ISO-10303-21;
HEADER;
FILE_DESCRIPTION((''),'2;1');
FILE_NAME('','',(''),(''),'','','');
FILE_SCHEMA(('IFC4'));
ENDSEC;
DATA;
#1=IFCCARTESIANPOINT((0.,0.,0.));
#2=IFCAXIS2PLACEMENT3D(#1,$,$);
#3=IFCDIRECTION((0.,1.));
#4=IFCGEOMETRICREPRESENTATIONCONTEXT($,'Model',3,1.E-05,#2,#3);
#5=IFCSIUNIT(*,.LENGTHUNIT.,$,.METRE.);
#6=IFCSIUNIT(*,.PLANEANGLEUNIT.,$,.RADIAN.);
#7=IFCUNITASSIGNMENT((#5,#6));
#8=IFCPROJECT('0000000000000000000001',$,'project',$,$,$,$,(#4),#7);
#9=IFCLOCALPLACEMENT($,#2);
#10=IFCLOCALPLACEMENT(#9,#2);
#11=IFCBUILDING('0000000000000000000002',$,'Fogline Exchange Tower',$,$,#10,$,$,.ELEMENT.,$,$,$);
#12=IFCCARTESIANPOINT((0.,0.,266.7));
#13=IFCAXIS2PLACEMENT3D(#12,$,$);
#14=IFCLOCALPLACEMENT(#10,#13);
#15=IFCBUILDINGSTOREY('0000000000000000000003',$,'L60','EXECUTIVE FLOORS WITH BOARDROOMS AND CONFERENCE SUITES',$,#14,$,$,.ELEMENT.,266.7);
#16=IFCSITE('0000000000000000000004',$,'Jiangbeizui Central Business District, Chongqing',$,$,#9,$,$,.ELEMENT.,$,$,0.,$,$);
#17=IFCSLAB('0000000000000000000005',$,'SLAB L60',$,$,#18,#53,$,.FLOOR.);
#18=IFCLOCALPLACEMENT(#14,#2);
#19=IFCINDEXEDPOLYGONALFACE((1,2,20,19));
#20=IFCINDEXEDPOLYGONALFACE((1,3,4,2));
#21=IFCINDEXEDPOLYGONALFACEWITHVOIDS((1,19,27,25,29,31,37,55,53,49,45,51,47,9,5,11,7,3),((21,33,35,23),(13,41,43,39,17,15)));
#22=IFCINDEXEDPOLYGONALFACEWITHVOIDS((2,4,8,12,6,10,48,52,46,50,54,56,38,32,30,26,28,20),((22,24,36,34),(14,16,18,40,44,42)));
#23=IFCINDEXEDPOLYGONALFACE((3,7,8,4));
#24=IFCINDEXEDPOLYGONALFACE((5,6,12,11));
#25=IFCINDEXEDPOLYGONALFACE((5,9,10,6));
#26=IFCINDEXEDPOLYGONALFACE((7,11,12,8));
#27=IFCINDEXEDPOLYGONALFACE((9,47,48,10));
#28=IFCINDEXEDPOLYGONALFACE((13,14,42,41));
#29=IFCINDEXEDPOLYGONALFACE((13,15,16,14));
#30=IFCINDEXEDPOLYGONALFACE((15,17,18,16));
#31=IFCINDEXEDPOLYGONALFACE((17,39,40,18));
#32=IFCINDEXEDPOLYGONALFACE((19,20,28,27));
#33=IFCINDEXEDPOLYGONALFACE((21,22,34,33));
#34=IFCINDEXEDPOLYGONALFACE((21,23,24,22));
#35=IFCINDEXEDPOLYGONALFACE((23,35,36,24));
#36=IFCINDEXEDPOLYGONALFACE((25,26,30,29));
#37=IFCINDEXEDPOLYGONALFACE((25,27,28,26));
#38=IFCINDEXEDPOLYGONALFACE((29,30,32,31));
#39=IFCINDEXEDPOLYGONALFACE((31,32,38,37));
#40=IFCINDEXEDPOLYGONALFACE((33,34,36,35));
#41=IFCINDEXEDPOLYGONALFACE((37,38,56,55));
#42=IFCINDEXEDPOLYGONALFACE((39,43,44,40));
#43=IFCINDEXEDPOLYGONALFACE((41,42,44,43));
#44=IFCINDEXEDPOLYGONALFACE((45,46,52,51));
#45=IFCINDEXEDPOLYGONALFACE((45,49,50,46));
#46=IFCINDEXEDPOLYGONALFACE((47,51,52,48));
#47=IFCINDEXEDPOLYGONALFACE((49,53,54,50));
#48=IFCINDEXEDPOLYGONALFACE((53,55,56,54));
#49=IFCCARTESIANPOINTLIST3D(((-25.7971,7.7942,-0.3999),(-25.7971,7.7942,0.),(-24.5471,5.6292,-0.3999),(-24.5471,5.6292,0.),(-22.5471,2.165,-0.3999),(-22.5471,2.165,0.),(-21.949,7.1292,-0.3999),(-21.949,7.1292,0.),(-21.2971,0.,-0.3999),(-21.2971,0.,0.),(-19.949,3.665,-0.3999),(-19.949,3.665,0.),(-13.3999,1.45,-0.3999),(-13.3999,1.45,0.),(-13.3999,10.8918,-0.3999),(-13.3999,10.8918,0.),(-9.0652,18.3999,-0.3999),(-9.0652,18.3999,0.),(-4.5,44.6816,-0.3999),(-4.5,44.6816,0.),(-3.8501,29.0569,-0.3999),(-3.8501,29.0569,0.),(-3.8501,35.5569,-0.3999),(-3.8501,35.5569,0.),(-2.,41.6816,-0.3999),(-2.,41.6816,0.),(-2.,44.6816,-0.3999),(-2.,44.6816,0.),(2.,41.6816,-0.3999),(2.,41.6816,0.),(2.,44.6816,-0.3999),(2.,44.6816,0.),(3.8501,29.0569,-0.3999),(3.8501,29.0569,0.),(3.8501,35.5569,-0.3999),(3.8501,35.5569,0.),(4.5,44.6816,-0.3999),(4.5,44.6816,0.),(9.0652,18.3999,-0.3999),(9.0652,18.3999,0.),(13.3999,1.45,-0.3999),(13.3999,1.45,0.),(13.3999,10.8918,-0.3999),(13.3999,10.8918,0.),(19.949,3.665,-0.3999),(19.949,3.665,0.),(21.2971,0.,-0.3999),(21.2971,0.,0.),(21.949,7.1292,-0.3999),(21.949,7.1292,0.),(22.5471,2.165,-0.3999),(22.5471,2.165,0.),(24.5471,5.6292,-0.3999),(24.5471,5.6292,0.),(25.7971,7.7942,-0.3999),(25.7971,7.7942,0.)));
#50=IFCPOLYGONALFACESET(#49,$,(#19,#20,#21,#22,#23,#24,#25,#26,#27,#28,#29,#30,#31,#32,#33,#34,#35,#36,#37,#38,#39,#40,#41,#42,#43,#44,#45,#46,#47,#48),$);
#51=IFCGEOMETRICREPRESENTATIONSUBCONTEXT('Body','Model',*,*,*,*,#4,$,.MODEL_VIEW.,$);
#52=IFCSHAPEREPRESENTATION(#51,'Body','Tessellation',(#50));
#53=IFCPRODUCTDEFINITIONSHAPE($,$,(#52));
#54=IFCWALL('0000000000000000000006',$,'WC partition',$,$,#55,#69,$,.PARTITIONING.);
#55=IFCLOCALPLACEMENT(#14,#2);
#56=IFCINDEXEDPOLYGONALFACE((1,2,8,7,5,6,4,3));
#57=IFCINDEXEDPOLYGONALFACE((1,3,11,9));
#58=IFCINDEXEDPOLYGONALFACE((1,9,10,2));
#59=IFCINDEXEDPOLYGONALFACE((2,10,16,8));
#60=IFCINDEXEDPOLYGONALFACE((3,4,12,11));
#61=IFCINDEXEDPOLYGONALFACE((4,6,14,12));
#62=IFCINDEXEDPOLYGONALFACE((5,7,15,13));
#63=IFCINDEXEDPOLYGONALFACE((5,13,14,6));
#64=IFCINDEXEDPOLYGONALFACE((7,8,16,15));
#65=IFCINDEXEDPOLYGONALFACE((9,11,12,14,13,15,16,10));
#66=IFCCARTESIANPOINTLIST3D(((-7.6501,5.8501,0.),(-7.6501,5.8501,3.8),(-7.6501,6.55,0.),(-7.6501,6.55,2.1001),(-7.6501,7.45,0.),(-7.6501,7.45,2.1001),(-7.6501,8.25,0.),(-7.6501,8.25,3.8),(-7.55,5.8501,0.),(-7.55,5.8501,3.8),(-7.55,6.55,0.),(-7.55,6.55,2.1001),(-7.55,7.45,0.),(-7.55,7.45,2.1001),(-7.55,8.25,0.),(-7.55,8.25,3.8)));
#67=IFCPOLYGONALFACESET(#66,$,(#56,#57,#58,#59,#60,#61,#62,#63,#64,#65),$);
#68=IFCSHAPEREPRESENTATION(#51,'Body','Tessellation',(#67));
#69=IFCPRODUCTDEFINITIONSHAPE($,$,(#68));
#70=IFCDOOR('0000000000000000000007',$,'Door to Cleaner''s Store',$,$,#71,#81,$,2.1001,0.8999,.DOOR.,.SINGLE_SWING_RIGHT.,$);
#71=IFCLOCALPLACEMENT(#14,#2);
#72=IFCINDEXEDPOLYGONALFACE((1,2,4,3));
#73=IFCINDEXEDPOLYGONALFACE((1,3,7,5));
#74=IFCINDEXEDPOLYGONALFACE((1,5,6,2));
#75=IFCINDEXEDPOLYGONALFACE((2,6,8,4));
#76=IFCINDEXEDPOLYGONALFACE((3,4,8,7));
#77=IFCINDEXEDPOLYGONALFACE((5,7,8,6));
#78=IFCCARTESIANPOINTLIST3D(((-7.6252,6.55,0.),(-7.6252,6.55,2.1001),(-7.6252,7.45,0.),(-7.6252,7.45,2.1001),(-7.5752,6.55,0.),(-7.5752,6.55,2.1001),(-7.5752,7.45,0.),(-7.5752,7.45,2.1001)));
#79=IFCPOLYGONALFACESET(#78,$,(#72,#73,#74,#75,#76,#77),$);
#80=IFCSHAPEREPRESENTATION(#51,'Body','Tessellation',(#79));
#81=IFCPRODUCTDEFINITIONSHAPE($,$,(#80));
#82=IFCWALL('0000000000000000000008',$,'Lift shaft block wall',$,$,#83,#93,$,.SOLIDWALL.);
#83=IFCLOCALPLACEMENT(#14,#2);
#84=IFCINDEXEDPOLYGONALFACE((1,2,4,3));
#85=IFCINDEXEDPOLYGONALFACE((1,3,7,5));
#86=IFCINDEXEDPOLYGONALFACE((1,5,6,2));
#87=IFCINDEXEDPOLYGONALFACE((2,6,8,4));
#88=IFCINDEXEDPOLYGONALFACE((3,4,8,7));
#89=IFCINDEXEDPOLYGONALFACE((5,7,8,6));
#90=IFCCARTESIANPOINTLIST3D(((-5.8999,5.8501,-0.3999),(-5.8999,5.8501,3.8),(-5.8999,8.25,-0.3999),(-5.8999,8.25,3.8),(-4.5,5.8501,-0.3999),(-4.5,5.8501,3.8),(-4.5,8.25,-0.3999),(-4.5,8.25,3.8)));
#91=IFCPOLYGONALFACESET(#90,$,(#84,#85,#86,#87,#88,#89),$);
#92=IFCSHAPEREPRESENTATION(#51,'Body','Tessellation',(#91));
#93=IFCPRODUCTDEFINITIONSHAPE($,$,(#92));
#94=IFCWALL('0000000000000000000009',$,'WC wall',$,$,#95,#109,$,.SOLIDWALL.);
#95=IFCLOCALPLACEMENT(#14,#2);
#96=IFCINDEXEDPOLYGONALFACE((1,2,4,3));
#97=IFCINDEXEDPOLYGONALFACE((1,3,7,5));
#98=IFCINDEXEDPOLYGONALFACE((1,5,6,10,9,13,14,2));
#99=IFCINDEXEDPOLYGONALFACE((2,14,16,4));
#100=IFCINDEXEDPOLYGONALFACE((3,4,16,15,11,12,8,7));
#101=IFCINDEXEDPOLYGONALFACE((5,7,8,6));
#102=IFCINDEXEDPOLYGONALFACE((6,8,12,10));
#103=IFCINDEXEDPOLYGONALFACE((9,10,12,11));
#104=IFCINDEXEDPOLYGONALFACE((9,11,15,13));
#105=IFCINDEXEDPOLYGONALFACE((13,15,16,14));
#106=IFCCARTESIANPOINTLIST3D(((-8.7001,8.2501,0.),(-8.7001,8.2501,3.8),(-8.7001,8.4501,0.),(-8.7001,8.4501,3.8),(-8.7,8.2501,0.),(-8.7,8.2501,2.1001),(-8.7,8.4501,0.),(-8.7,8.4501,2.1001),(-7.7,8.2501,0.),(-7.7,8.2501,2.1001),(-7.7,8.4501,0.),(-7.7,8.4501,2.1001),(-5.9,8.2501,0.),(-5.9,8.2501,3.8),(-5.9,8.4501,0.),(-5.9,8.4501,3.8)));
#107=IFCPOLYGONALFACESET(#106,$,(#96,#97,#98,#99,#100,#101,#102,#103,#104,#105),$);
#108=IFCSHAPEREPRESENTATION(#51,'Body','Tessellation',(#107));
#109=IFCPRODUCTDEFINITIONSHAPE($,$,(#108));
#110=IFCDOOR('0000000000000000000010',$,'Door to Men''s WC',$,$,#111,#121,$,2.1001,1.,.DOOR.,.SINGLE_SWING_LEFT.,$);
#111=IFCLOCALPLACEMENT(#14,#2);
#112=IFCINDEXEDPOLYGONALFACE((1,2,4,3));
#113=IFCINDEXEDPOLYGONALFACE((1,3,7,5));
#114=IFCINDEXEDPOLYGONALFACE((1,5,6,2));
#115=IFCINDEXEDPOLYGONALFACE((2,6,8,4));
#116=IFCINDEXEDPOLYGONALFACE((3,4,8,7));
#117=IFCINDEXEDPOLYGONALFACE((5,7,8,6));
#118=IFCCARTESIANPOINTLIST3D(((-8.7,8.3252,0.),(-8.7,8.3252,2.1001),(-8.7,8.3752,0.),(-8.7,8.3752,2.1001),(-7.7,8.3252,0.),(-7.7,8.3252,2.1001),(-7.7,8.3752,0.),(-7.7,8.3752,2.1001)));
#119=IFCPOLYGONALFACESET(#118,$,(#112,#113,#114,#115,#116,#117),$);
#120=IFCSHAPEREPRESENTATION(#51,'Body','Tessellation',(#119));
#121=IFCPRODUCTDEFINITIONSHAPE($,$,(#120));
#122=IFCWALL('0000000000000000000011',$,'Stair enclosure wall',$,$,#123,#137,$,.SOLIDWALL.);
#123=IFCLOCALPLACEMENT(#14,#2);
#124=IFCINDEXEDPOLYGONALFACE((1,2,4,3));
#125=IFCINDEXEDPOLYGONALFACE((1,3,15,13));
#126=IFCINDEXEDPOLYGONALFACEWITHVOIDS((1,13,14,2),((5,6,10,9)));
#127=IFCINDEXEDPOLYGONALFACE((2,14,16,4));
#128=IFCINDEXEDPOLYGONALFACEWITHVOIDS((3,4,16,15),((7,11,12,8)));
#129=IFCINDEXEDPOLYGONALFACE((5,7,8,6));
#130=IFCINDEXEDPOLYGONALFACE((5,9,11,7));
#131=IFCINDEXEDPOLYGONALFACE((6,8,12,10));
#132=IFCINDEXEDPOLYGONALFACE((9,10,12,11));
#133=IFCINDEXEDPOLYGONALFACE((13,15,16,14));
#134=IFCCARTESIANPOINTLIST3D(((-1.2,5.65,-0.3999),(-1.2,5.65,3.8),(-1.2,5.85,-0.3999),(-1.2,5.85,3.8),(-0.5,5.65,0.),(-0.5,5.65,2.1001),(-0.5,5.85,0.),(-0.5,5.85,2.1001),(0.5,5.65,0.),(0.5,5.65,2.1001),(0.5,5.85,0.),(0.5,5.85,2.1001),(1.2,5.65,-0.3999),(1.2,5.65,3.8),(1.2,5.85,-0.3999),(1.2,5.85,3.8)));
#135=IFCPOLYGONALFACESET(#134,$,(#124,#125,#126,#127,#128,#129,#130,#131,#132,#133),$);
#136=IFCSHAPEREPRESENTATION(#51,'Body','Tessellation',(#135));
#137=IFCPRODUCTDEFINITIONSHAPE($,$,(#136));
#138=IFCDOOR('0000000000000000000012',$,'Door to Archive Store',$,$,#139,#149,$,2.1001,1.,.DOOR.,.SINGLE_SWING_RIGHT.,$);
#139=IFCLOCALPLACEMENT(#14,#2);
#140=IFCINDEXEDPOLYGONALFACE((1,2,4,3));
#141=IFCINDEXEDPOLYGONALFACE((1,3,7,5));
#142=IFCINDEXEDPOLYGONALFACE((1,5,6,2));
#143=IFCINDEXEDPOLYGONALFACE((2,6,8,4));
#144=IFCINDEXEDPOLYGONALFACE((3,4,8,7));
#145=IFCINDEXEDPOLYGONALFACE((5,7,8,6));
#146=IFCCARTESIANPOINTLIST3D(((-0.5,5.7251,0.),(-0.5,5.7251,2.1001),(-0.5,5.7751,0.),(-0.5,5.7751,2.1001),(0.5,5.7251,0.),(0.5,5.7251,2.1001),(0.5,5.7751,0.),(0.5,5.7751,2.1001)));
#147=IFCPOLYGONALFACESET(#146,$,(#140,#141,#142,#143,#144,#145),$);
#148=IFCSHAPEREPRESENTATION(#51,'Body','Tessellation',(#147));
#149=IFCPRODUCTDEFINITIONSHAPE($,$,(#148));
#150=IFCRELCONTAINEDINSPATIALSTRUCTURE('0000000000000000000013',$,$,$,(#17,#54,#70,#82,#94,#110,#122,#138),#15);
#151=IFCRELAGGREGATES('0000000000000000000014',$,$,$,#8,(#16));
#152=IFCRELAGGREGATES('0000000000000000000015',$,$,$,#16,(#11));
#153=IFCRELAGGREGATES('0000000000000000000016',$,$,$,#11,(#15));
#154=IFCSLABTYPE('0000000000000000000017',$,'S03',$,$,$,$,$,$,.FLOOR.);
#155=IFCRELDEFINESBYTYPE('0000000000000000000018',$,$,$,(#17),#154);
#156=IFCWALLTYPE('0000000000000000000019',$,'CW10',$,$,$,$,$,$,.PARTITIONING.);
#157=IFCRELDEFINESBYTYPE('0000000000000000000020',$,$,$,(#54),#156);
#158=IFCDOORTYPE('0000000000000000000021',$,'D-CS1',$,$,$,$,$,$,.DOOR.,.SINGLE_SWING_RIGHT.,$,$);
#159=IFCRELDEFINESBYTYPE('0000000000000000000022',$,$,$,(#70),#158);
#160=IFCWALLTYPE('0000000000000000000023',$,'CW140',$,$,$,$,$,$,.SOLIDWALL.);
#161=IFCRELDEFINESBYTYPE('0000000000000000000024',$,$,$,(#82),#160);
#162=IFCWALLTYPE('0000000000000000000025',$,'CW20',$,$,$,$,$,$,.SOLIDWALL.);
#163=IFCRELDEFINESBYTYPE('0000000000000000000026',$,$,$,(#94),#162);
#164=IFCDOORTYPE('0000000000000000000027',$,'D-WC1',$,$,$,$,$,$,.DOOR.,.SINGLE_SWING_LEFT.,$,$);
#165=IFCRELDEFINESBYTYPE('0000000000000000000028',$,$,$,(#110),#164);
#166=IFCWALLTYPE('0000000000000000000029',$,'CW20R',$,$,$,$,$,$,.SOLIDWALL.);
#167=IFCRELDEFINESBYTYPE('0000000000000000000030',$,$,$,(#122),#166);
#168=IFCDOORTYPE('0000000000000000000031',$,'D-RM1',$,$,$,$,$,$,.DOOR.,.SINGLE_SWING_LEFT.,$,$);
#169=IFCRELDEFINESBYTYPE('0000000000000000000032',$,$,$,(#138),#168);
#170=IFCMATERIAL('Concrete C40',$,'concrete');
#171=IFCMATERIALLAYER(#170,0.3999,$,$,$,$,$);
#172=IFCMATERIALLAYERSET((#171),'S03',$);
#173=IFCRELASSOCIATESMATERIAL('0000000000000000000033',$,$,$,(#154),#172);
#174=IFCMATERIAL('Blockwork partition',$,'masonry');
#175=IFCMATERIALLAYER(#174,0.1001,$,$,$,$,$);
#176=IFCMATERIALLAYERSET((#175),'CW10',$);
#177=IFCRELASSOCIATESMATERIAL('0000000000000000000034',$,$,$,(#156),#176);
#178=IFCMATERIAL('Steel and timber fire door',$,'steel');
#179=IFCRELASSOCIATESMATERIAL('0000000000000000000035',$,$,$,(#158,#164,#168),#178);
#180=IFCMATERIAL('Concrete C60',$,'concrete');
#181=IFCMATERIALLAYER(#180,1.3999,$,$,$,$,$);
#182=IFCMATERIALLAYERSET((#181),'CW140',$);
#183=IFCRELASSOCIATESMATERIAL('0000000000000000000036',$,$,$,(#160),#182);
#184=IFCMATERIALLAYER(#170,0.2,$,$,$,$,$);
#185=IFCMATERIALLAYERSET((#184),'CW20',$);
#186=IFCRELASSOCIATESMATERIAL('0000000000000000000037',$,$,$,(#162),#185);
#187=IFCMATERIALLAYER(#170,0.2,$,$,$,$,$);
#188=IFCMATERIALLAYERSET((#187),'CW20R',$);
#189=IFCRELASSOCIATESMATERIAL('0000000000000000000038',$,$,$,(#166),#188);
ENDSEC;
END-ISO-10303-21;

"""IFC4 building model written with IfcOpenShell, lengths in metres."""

from ifc_helpers import new_model, si_unit, direction, frame, frame_2d, origin, place, context, subcontext, project, spatial, polyline, rectangle, outline, extrude, material, layer, layer_set, type_object, element, fill, save


model = new_model("IFC4")

# Units and contexts
model_context = context("Model", 3, precision=1e-05, world=origin(), true_north=direction((0.0, 1.0)))
body_context = subcontext(model_context, "Body", "Model", "MODEL_VIEW")
ifc_project = project(units=[si_unit("LENGTHUNIT", "METRE"), si_unit("PLANEANGLEUNIT", "RADIAN")], contexts=[model_context])

# Site, building, storey
site_placement = place(None, origin())
site = spatial("IfcSite", under=ifc_project, at=site_placement, Name="Jiangbeizui Central Business District, Chongqing", CompositionType="ELEMENT", RefElevation=0.0)
building_placement = place(site_placement, origin())
building = spatial("IfcBuilding", under=site, at=building_placement, Name="Fogline Exchange Tower", CompositionType="ELEMENT")
storey_placement = place(building_placement, frame((0.0, 0.0, 266.7)))
storey = spatial("IfcBuildingStorey", under=building, at=storey_placement, Name="L60", Description="EXECUTIVE FLOORS WITH BOARDROOMS AND CONFERENCE SUITES", CompositionType="ELEMENT", Elevation=266.7)

# Slab
ifc_material_1 = material(Name="Concrete C40", Category="concrete")
ifc_layer_1 = layer(ifc_material_1, 0.3999)
ifc_layer_set_1 = layer_set([ifc_layer_1], Name="S03")
slab_type = type_object("IfcSlabType", Name="S03", PredefinedType="FLOOR", material=ifc_layer_set_1)
slab_placement = place(storey_placement, frame((0.0, 0.0, -0.3999)))
element("IfcSlab", 1, at=slab_placement, inside=storey, type_object=slab_type, Name="SLAB L60", PredefinedType="FLOOR", context=body_context, shape_type="SweptSolid", body=[
    extrude(outline(polyline([(-2.0, 44.6816), (-4.5, 44.6816), (-25.7971, 7.7942), (-24.5471, 5.6292), (-21.949, 7.1292), (-19.949, 3.665), (-22.5471, 2.165), (-21.2971, 0.0), (21.2971, 0.0), (22.5471, 2.165), (19.949, 3.665), (21.949, 7.1292), (24.5471, 5.6292), (25.7971, 7.7942), (4.5, 44.6816), (2.0, 44.6816), (2.0, 41.6816), (-2.0, 41.6816), (-2.0, 44.6816)]), holes=[polyline([(13.3999, 10.8918), (13.3999, 1.45), (-13.3999, 1.45), (-13.3999, 10.8918), (-9.0652, 18.3999), (9.0652, 18.3999), (13.3999, 10.8918)]), polyline([(3.8501, 35.5569), (3.8501, 29.0569), (-3.8501, 29.0569), (-3.8501, 35.5569), (3.8501, 35.5569)])]), origin(), (0.0, 0.0, 1.0), 0.3999),
])

# Wall, opening, door
ifc_material_2 = material(Name="Blockwork partition", Category="masonry")
ifc_layer_2 = layer(ifc_material_2, 0.1001)
ifc_layer_set_2 = layer_set([ifc_layer_2], Name="CW10")
wall_type_1 = type_object("IfcWallType", Name="CW10", PredefinedType="PARTITIONING", material=ifc_layer_set_2)
wall_1_placement = place(storey_placement, frame((-7.6001, 5.8501, 0.0), z_axis=(0.0, 0.0, 1.0), x_axis=(0.0, 1.0, 0.0)))
wall_1 = element("IfcWall", 2, at=wall_1_placement, inside=storey, type_object=wall_type_1, Name="WC partition", PredefinedType="PARTITIONING", context=body_context, shape_type="SweptSolid", body=[
    extrude(rectangle(XDim=2.3999, YDim=0.1001, at=frame_2d((1.2, 0.0))), origin(), (0.0, 0.0, 1.0), 3.8),
])
opening_1_placement = place(wall_1_placement, frame((0.7, 0.0, 0.0)))
opening_1 = element("IfcOpeningElement", 3, at=opening_1_placement, cuts=wall_1, PredefinedType="OPENING", context=body_context, shape_type="SweptSolid", body=[
    extrude(rectangle(XDim=0.8999, YDim=2.1001, at=frame_2d((0.45, 1.05))), frame((0.0, 0.0601, 0.0), z_axis=(0.0, -1.0, 0.0), x_axis=(1.0, 0.0, 0.0)), (0.0, 0.0, 1.0), 0.1201),
])
ifc_material_3 = material(Name="Steel and timber fire door", Category="steel")
door_type_1 = type_object("IfcDoorType", Name="D-CS1", OperationType="SINGLE_SWING_RIGHT", PredefinedType="DOOR", material=ifc_material_3)
door_1_placement = place(opening_1_placement, frame((0.8999, 0.0, 0.0), z_axis=(0.0, 0.0, 1.0), x_axis=(-1.0, 0.0, 0.0)))
door_1 = element("IfcDoor", 4, at=door_1_placement, inside=storey, type_object=door_type_1, Name="Door to Cleaner's Store", OperationType="SINGLE_SWING_RIGHT", OverallHeight=2.1001, OverallWidth=0.8999, PredefinedType="DOOR", context=body_context, shape_type="SweptSolid", body=[
    extrude(rectangle(XDim=0.8999, YDim=2.1001, at=frame_2d((0.45, 1.05))), frame((0.0, 0.0249, 0.0), z_axis=(0.0, -1.0, 0.0), x_axis=(1.0, 0.0, 0.0)), (0.0, 0.0, 1.0), 0.05),
])
fill(opening_1, door_1)

# Wall
ifc_material_4 = material(Name="Concrete C60", Category="concrete")
ifc_layer_3 = layer(ifc_material_4, 1.3999)
ifc_layer_set_3 = layer_set([ifc_layer_3], Name="CW140")
wall_type_2 = type_object("IfcWallType", Name="CW140", PredefinedType="SOLIDWALL", material=ifc_layer_set_3)
wall_2_placement = place(storey_placement, frame((-5.2, 5.8501, -0.3999), z_axis=(0.0, 0.0, 1.0), x_axis=(0.0, 1.0, 0.0)))
element("IfcWall", 5, at=wall_2_placement, inside=storey, type_object=wall_type_2, Name="Lift shaft block wall", PredefinedType="SOLIDWALL", context=body_context, shape_type="SweptSolid", body=[
    extrude(rectangle(XDim=2.3999, YDim=1.3999, at=frame_2d((1.2, 0.0))), origin(), (0.0, 0.0, 1.0), 4.2),
])

# Walls, openings, doors
ifc_layer_4 = layer(ifc_material_1, 0.2)
ifc_layer_set_4 = layer_set([ifc_layer_4], Name="CW20")
wall_type_3 = type_object("IfcWallType", Name="CW20", PredefinedType="SOLIDWALL", material=ifc_layer_set_4)
wall_3_placement = place(storey_placement, frame((-8.7, 8.3501, 0.0), z_axis=(0.0, 0.0, 1.0), x_axis=(1.0, 0.0, 0.0)))
wall_3 = element("IfcWall", 6, at=wall_3_placement, inside=storey, type_object=wall_type_3, Name="WC wall", PredefinedType="SOLIDWALL", context=body_context, shape_type="SweptSolid", body=[
    extrude(rectangle(XDim=2.8, YDim=0.2, at=frame_2d((1.3999, 0.0))), origin(), (0.0, 0.0, 1.0), 3.8),
])
opening_2_placement = place(wall_3_placement, origin())
opening_2 = element("IfcOpeningElement", 7, at=opening_2_placement, cuts=wall_3, PredefinedType="OPENING", context=body_context, shape_type="SweptSolid", body=[
    extrude(rectangle(XDim=1.0, YDim=2.1001, at=frame_2d((0.5, 1.05))), frame((0.0, 0.1099, 0.0), z_axis=(0.0, -1.0, 0.0), x_axis=(1.0, 0.0, 0.0)), (0.0, 0.0, 1.0), 0.22),
])
door_type_2 = type_object("IfcDoorType", Name="D-WC1", OperationType="SINGLE_SWING_LEFT", PredefinedType="DOOR", material=ifc_material_3)
door_2_placement = place(opening_2_placement, frame((1.0, 0.0, 0.0), z_axis=(0.0, 0.0, 1.0), x_axis=(-1.0, 0.0, 0.0)))
door_2 = element("IfcDoor", 8, at=door_2_placement, inside=storey, type_object=door_type_2, Name="Door to Men's WC", OperationType="SINGLE_SWING_LEFT", OverallHeight=2.1001, OverallWidth=1.0, PredefinedType="DOOR", context=body_context, shape_type="SweptSolid", body=[
    extrude(rectangle(XDim=1.0, YDim=2.1001, at=frame_2d((0.5, 1.05))), frame((0.0, 0.0249, 0.0), z_axis=(0.0, -1.0, 0.0), x_axis=(1.0, 0.0, 0.0)), (0.0, 0.0, 1.0), 0.05),
])
fill(opening_2, door_2)
ifc_layer_5 = layer(ifc_material_1, 0.2)
ifc_layer_set_5 = layer_set([ifc_layer_5], Name="CW20R")
wall_type_4 = type_object("IfcWallType", Name="CW20R", PredefinedType="SOLIDWALL", material=ifc_layer_set_5)
wall_4_placement = place(storey_placement, frame((-1.2, 5.75, -0.3999), z_axis=(0.0, 0.0, 1.0), x_axis=(1.0, 0.0, 0.0)))
wall_4 = element("IfcWall", 9, at=wall_4_placement, inside=storey, type_object=wall_type_4, Name="Stair enclosure wall", PredefinedType="SOLIDWALL", context=body_context, shape_type="SweptSolid", body=[
    extrude(rectangle(XDim=2.3999, YDim=0.2, at=frame_2d((1.2, 0.0))), origin(), (0.0, 0.0, 1.0), 4.2),
])
opening_3_placement = place(wall_4_placement, frame((0.7, 0.0, 0.3999)))
opening_3 = element("IfcOpeningElement", 10, at=opening_3_placement, cuts=wall_4, PredefinedType="OPENING", context=body_context, shape_type="SweptSolid", body=[
    extrude(rectangle(XDim=1.0, YDim=2.1001, at=frame_2d((0.5, 1.05))), frame((0.0, 0.1099, 0.0), z_axis=(0.0, -1.0, 0.0), x_axis=(1.0, 0.0, 0.0)), (0.0, 0.0, 1.0), 0.22),
])
door_type_3 = type_object("IfcDoorType", Name="D-RM1", OperationType="SINGLE_SWING_LEFT", PredefinedType="DOOR", material=ifc_material_3)
door_3_placement = place(opening_3_placement, frame((1.0, 0.0, 0.0), z_axis=(0.0, 0.0, 1.0), x_axis=(-1.0, 0.0, 0.0)))
door_3 = element("IfcDoor", 11, at=door_3_placement, inside=storey, type_object=door_type_3, Name="Door to Archive Store", OperationType="SINGLE_SWING_RIGHT", OverallHeight=2.1001, OverallWidth=1.0, PredefinedType="DOOR", context=body_context, shape_type="SweptSolid", body=[
    extrude(rectangle(XDim=1.0, YDim=2.1001, at=frame_2d((0.5, 1.05))), frame((0.0, 0.0249, 0.0), z_axis=(0.0, -1.0, 0.0), x_axis=(1.0, 0.0, 0.0)), (0.0, 0.0, 1.0), 0.05),
])
fill(opening_3, door_3)

save(model, "model.ifc")
